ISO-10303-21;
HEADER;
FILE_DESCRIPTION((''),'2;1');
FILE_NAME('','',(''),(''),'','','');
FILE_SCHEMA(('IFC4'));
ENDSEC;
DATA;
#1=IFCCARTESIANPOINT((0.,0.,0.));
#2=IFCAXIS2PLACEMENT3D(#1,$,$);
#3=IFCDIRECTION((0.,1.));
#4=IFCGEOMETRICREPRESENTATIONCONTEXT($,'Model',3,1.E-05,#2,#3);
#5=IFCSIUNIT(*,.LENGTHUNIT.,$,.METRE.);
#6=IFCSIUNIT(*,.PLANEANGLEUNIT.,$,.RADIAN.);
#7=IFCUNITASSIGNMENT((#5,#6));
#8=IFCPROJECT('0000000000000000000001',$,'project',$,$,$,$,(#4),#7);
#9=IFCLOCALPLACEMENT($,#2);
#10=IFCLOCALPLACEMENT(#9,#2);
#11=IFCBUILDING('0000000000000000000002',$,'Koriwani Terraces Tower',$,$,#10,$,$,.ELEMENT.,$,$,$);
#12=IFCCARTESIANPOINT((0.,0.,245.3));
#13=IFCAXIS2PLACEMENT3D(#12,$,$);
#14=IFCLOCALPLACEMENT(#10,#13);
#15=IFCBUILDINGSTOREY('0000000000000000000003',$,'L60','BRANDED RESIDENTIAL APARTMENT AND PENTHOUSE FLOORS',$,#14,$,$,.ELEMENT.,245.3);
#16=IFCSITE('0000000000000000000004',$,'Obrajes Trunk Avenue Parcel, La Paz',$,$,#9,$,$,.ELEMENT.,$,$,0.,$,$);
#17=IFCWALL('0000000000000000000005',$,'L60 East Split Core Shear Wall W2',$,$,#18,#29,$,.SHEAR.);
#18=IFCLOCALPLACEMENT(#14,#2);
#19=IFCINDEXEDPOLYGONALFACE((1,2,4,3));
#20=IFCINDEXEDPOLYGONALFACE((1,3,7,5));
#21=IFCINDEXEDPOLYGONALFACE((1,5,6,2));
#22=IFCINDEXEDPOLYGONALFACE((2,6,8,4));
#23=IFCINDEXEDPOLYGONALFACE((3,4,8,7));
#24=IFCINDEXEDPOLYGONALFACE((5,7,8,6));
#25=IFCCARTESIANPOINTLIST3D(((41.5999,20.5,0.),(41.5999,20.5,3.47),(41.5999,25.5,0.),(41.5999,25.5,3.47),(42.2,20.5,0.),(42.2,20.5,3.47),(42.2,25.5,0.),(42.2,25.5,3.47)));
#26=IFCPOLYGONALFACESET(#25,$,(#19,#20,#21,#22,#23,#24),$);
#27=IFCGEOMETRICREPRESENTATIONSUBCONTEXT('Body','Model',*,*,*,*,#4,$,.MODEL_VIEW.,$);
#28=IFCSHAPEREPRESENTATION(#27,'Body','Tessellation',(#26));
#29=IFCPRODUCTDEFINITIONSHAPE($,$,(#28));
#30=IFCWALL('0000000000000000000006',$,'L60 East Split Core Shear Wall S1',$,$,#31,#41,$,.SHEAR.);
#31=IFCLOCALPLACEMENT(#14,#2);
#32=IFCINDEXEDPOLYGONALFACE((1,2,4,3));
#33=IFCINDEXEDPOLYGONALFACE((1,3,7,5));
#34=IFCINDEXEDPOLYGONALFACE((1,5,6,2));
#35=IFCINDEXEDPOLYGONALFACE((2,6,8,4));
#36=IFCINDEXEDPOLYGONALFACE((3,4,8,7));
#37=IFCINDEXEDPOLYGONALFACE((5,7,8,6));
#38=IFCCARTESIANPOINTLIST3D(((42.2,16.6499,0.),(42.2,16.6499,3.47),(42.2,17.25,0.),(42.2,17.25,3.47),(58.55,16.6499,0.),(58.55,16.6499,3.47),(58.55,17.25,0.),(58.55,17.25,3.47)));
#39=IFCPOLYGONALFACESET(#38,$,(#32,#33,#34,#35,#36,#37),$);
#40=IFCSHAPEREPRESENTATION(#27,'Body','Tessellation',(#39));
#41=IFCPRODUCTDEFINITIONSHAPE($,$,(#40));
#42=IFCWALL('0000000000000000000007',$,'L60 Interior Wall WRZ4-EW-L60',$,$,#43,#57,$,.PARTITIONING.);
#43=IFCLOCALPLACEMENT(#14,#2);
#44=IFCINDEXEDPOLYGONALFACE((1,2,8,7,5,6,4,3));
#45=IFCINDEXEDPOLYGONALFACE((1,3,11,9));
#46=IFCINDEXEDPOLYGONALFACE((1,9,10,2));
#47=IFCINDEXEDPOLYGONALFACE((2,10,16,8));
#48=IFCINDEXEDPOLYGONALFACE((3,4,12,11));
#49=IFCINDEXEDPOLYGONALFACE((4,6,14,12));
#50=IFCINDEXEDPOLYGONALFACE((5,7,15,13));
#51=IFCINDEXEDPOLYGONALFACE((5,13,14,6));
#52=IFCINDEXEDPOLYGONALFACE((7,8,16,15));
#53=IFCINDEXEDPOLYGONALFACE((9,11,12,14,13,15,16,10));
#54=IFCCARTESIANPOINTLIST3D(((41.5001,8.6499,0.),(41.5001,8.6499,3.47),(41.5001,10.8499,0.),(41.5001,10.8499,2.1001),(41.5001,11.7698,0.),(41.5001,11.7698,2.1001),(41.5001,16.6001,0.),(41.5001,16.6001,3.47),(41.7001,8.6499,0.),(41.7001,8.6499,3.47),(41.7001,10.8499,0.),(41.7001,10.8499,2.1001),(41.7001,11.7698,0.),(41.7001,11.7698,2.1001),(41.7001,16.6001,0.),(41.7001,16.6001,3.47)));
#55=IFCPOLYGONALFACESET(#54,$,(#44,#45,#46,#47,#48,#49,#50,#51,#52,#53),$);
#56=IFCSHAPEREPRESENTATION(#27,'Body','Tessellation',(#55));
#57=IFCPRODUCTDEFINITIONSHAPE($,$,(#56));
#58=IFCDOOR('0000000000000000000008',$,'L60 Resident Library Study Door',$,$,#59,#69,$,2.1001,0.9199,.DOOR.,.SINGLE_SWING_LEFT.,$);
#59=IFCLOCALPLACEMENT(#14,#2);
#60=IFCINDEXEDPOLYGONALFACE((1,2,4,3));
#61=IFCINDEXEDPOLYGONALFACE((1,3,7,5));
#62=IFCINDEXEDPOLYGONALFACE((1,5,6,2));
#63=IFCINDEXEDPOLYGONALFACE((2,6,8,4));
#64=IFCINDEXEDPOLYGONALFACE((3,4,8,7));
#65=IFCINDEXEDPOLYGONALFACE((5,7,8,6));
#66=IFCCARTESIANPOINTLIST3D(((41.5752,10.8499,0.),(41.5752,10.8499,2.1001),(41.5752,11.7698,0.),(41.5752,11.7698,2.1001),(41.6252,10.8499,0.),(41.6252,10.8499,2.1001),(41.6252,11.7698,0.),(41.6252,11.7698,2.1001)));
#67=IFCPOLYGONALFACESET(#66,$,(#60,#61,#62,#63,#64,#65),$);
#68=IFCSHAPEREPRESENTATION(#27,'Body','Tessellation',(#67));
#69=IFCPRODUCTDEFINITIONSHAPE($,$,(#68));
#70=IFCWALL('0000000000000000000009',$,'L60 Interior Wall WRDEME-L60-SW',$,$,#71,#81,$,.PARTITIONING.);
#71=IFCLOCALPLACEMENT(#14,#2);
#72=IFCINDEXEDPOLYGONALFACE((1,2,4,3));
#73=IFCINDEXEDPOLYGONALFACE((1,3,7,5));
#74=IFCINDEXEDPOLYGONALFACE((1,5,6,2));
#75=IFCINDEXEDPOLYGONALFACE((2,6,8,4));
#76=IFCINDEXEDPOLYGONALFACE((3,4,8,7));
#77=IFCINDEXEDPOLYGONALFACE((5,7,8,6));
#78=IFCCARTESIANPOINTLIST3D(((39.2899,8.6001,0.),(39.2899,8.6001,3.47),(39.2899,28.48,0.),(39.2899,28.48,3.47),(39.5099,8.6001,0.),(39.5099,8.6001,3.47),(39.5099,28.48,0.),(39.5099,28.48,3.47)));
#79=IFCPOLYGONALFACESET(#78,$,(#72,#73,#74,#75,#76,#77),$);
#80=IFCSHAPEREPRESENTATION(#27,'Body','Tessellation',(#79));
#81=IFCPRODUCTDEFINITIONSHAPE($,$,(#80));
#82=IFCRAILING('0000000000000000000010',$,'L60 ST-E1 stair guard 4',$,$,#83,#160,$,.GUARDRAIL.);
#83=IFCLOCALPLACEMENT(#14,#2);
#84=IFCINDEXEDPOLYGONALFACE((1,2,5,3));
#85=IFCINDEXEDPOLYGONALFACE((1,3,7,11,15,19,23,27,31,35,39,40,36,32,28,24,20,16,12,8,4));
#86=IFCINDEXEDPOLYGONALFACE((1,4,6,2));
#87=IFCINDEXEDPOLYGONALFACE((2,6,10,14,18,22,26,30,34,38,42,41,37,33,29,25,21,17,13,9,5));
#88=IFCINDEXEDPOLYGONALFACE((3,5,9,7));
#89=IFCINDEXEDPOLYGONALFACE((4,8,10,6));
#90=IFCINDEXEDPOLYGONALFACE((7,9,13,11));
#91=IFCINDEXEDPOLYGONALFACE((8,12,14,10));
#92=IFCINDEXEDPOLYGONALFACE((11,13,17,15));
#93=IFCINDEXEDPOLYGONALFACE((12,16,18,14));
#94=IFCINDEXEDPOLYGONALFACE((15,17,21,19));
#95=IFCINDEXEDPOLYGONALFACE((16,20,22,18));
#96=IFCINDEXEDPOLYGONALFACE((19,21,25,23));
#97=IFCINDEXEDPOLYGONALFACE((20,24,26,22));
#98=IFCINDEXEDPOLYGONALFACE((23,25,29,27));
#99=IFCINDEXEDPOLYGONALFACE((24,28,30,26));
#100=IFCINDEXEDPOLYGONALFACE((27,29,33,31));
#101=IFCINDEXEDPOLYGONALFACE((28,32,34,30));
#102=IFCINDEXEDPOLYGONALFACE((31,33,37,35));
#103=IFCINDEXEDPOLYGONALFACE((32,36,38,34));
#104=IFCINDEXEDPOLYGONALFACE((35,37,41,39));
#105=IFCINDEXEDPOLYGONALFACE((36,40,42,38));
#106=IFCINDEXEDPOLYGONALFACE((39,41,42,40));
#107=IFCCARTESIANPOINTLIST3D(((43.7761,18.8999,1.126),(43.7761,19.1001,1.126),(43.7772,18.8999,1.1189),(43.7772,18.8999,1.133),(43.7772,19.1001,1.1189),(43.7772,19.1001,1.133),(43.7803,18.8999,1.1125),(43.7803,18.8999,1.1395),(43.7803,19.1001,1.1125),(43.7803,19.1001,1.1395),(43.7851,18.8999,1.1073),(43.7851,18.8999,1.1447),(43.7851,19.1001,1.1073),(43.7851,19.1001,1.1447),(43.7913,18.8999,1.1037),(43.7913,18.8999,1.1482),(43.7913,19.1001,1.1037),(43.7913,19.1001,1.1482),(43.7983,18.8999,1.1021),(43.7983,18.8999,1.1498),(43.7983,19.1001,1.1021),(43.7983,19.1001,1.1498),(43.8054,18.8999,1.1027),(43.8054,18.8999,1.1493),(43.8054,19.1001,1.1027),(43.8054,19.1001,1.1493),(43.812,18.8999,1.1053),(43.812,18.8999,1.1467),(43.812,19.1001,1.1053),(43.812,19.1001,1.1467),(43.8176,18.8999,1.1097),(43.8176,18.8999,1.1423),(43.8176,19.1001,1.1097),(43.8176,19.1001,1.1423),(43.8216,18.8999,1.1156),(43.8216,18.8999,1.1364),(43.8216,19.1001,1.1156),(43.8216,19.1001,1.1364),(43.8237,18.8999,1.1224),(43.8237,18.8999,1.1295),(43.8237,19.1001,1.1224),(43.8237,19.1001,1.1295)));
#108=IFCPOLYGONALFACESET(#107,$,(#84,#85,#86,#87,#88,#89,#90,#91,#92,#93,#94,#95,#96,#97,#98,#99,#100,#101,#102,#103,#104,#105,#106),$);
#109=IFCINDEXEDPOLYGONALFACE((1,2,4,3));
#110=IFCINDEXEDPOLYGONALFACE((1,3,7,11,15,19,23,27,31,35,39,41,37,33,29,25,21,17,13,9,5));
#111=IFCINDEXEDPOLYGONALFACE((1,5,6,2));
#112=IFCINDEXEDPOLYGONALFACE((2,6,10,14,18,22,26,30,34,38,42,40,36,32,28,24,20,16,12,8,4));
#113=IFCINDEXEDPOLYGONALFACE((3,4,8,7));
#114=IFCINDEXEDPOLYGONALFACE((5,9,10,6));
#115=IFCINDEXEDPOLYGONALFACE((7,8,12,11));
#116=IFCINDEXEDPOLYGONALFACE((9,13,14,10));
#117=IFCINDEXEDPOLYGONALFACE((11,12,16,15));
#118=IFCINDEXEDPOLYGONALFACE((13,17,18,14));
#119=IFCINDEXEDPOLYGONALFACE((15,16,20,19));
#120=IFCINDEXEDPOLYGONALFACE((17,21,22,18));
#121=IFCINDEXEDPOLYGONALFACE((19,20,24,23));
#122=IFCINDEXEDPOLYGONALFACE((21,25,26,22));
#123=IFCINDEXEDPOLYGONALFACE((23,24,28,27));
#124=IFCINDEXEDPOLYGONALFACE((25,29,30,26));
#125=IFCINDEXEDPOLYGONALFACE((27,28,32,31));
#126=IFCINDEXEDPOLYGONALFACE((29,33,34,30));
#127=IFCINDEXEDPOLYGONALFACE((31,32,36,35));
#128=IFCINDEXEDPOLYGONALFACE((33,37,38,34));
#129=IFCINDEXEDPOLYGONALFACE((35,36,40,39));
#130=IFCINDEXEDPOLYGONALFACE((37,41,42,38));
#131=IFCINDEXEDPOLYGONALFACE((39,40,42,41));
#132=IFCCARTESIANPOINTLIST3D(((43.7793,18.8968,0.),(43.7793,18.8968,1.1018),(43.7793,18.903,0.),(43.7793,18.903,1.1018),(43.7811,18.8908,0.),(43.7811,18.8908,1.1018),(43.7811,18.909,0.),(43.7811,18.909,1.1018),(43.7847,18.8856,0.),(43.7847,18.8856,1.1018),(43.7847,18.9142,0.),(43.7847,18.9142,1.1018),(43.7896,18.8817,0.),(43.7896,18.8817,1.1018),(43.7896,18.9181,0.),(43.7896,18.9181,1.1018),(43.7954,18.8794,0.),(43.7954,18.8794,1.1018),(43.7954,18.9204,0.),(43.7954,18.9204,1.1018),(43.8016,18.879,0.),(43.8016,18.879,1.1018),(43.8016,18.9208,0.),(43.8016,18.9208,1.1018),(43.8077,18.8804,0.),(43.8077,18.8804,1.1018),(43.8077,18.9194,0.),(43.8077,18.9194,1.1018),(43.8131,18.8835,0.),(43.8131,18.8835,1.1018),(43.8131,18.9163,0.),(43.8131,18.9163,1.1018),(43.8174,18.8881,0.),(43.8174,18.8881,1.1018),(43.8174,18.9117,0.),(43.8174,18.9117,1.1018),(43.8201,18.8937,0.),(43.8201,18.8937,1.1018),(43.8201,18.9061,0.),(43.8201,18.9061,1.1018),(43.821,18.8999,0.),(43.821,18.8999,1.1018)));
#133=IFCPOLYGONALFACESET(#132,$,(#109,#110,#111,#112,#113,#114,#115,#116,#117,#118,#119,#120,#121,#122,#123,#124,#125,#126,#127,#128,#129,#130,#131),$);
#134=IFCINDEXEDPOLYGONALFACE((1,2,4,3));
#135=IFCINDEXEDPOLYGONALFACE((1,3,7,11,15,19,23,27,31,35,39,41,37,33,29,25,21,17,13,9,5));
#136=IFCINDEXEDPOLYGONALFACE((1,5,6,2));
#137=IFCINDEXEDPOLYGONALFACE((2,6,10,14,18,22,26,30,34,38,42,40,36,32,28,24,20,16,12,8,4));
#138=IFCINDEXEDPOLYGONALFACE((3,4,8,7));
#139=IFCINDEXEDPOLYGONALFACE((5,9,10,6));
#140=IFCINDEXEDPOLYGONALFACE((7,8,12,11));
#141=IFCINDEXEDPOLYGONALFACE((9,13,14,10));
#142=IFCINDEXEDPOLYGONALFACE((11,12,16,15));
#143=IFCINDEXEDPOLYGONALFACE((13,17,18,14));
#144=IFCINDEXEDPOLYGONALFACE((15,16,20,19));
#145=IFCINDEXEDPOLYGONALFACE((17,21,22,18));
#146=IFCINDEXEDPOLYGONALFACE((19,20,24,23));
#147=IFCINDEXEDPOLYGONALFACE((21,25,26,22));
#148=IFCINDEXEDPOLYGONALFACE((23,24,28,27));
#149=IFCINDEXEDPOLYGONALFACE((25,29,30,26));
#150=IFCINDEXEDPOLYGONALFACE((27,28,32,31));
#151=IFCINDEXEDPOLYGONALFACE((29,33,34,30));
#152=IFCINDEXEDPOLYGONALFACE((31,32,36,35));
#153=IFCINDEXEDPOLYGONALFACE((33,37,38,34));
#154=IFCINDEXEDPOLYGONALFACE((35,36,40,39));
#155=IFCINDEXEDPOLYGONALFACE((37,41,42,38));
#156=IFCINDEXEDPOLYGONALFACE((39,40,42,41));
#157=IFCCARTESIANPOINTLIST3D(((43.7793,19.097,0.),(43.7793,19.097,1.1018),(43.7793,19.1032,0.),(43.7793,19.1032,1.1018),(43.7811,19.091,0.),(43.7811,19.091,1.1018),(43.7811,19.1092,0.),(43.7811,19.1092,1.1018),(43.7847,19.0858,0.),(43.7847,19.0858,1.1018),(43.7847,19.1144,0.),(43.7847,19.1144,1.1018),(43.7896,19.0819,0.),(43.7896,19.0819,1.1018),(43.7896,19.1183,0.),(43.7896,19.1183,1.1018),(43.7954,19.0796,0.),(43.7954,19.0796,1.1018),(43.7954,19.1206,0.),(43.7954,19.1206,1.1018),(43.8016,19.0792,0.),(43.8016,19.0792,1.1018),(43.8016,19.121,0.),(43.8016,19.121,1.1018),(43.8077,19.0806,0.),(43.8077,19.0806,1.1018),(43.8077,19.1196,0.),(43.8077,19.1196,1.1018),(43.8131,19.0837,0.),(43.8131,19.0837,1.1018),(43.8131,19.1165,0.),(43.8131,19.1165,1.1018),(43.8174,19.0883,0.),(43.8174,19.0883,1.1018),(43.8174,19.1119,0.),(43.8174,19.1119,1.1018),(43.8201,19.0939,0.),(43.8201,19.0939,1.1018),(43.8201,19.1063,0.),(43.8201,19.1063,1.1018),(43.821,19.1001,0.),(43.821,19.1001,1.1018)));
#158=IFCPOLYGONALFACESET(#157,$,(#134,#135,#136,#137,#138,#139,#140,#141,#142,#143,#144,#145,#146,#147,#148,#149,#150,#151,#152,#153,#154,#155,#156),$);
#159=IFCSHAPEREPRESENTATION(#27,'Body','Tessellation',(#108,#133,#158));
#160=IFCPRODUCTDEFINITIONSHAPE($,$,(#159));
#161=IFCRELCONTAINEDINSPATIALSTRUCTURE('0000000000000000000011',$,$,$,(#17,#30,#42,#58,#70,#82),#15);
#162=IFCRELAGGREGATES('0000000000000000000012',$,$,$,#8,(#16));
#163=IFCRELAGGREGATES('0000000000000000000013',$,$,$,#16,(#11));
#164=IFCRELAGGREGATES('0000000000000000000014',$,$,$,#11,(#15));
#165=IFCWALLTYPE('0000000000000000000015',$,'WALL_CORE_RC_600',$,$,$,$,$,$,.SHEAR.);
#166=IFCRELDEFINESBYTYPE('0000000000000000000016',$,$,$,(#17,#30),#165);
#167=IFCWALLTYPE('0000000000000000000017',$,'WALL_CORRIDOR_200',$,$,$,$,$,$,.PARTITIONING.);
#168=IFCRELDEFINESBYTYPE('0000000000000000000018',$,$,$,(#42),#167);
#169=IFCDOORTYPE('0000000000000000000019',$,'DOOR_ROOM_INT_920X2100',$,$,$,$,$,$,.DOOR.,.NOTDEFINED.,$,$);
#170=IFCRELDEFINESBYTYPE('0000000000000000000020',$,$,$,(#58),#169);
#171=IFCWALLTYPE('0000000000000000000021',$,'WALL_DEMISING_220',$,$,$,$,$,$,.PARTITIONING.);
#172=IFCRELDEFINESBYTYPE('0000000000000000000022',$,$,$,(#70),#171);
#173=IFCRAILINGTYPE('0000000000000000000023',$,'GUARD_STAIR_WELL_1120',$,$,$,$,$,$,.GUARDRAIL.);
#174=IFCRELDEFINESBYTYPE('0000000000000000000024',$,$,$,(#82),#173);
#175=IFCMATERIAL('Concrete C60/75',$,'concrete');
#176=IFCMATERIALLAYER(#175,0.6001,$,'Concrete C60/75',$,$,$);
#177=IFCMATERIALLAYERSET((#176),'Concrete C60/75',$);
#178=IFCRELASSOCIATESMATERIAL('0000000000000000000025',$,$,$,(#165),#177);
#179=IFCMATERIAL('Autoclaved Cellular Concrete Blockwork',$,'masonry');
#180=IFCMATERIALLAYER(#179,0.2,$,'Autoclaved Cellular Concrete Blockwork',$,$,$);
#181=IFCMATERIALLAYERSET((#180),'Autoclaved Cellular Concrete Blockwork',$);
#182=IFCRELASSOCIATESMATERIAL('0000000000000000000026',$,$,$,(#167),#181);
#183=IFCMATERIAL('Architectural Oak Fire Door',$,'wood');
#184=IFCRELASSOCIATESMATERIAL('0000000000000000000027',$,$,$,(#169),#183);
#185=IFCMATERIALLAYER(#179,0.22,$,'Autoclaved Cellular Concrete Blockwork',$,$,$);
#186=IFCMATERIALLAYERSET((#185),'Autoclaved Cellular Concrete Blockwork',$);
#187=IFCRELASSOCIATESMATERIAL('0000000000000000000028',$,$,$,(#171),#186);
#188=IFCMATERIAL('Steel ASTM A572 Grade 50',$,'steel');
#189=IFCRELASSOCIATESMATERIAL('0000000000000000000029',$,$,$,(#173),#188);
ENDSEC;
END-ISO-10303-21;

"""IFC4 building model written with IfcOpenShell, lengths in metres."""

from ifc_helpers import new_model, si_unit, direction, frame, frame_2d, origin, origin_2d, place, context, subcontext, project, spatial, rectangle, circle, extrude, material, layer, layer_set, type_object, element, fill, save


model = new_model("IFC4")

# Units and contexts
model_context = context("Model", 3, precision=1e-05, world=origin(), true_north=direction((0.0, 1.0)))
body_context = subcontext(model_context, "Body", "Model", "MODEL_VIEW")
ifc_project = project(units=[si_unit("LENGTHUNIT", "METRE"), si_unit("PLANEANGLEUNIT", "RADIAN")], contexts=[model_context])

# Site, building, storey
site_placement = place(None, origin())
site = spatial("IfcSite", under=ifc_project, at=site_placement, Name="Obrajes Trunk Avenue Parcel, La Paz", CompositionType="ELEMENT", RefElevation=0.0)
building_placement = place(site_placement, origin())
building = spatial("IfcBuilding", under=site, at=building_placement, Name="Koriwani Terraces Tower", CompositionType="ELEMENT")
storey_placement = place(building_placement, frame((0.0, 0.0, 245.3)))
storey = spatial("IfcBuildingStorey", under=building, at=storey_placement, Name="L60", Description="BRANDED RESIDENTIAL APARTMENT AND PENTHOUSE FLOORS", CompositionType="ELEMENT", Elevation=245.3)

# Shared definitions
ifc_material_1 = material(Name="Concrete C60/75", Category="concrete")
ifc_material_2 = material(Name="Steel ASTM A572 Grade 50", Category="steel")

# Walls
ifc_layer_1 = layer(ifc_material_1, 0.6001, Name="Concrete C60/75")
ifc_layer_set_1 = layer_set([ifc_layer_1], Name="Concrete C60/75")
wall_type_1 = type_object("IfcWallType", Name="WALL_CORE_RC_600", PredefinedType="SHEAR", material=ifc_layer_set_1)
wall_1_placement = place(storey_placement, frame((41.8999, 20.5, 0.0), z_axis=(0.0, 0.0, 1.0), x_axis=(0.0, 1.0, 0.0)))
element("IfcWall", 1, at=wall_1_placement, inside=storey, type_object=wall_type_1, Name="L60 East Split Core Shear Wall W2", PredefinedType="SHEAR", context=body_context, shape_type="SweptSolid", body=[
    extrude(rectangle(XDim=5.0, YDim=0.6001, at=frame_2d((2.5, 0.0))), origin(), (0.0, 0.0, 1.0), 3.47),
])
wall_2_placement = place(storey_placement, frame((42.2, 16.95, 0.0), z_axis=(0.0, 0.0, 1.0), x_axis=(1.0, 0.0, 0.0)))
element("IfcWall", 2, at=wall_2_placement, inside=storey, type_object=wall_type_1, Name="L60 East Split Core Shear Wall S1", PredefinedType="SHEAR", context=body_context, shape_type="SweptSolid", body=[
    extrude(rectangle(XDim=16.3501, YDim=0.6001, at=frame_2d((8.175, 0.0))), origin(), (0.0, 0.0, 1.0), 3.47),
])

# Wall, opening, door
ifc_material_3 = material(Name="Autoclaved Cellular Concrete Blockwork", Category="masonry")
ifc_layer_2 = layer(ifc_material_3, 0.2, Name="Autoclaved Cellular Concrete Blockwork")
ifc_layer_set_2 = layer_set([ifc_layer_2], Name="Autoclaved Cellular Concrete Blockwork")
wall_type_2 = type_object("IfcWallType", Name="WALL_CORRIDOR_200", PredefinedType="PARTITIONING", material=ifc_layer_set_2)
wall_3_placement = place(storey_placement, frame((41.6001, 8.6499, 0.0), z_axis=(0.0, 0.0, 1.0), x_axis=(0.0, 1.0, 0.0)))
wall_3 = element("IfcWall", 3, at=wall_3_placement, inside=storey, type_object=wall_type_2, Name="L60 Interior Wall WRZ4-EW-L60", PredefinedType="PARTITIONING", context=body_context, shape_type="SweptSolid", body=[
    extrude(rectangle(XDim=7.9502, YDim=0.2, at=frame_2d((3.9751, 0.0))), origin(), (0.0, 0.0, 1.0), 3.47),
])
opening_1_placement = place(wall_3_placement, frame((2.2, 0.0, 0.0)))
opening_1 = element("IfcOpeningElement", 4, at=opening_1_placement, cuts=wall_3, PredefinedType="OPENING", context=body_context, shape_type="SweptSolid", body=[
    extrude(rectangle(XDim=0.9199, YDim=2.1001, at=frame_2d((0.46, 1.05))), frame((0.0, 0.1099, 0.0), z_axis=(0.0, -1.0, 0.0), x_axis=(1.0, 0.0, 0.0)), (0.0, 0.0, 1.0), 0.22),
])
ifc_material_4 = material(Name="Architectural Oak Fire Door", Category="wood")
door_type_1 = type_object("IfcDoorType", Name="DOOR_ROOM_INT_920X2100", OperationType="NOTDEFINED", PredefinedType="DOOR", material=ifc_material_4)
door_1_placement = place(opening_1_placement, origin())
door_1 = element("IfcDoor", 5, at=door_1_placement, inside=storey, type_object=door_type_1, Name="L60 Resident Library Study Door", OperationType="SINGLE_SWING_LEFT", OverallHeight=2.1001, OverallWidth=0.9199, PredefinedType="DOOR", context=body_context, shape_type="SweptSolid", body=[
    extrude(rectangle(XDim=0.9199, YDim=2.1001, at=frame_2d((0.46, 1.05))), frame((0.0, 0.0249, 0.0), z_axis=(0.0, -1.0, 0.0), x_axis=(1.0, 0.0, 0.0)), (0.0, 0.0, 1.0), 0.05),
])
fill(opening_1, door_1)

# Wall
ifc_layer_3 = layer(ifc_material_3, 0.22, Name="Autoclaved Cellular Concrete Blockwork")
ifc_layer_set_3 = layer_set([ifc_layer_3], Name="Autoclaved Cellular Concrete Blockwork")
wall_type_3 = type_object("IfcWallType", Name="WALL_DEMISING_220", PredefinedType="PARTITIONING", material=ifc_layer_set_3)
wall_4_placement = place(storey_placement, frame((39.3999, 8.6001, 0.0), z_axis=(0.0, 0.0, 1.0), x_axis=(0.0, 1.0, 0.0)))
element("IfcWall", 6, at=wall_4_placement, inside=storey, type_object=wall_type_3, Name="L60 Interior Wall WRDEME-L60-SW", PredefinedType="PARTITIONING", context=body_context, shape_type="SweptSolid", body=[
    extrude(rectangle(XDim=19.8799, YDim=0.22, at=frame_2d((9.9399, 0.0))), origin(), (0.0, 0.0, 1.0), 3.47),
])

# Railing
railing_type_1 = type_object("IfcRailingType", Name="GUARD_STAIR_WELL_1120", PredefinedType="GUARDRAIL", material=ifc_material_2)
railing_1_placement = place(storey_placement, frame((43.8, 18.8999, 0.0)))
element("IfcRailing", 7, at=railing_1_placement, inside=storey, type_object=railing_type_1, Name="L60 ST-E1 stair guard 4", PredefinedType="GUARDRAIL", context=body_context, shape_type="SweptSolid", body=[
    extrude(circle(Radius=0.0239, at=origin_2d()), frame((0.0, 0.0, 1.126), z_axis=(0.0, 1.0, 0.0), x_axis=(-1.0, 0.0, 0.0)), (0.0, 0.0, 1.0), 0.2002),
    extrude(circle(Radius=0.021, at=origin_2d()), origin(), (0.0, 0.0, 1.0), 1.1018),
    extrude(circle(Radius=0.021, at=origin_2d()), frame((0.0, 0.2002, 0.0)), (0.0, 0.0, 1.0), 1.1018),
])

save(model, "model.ifc")
